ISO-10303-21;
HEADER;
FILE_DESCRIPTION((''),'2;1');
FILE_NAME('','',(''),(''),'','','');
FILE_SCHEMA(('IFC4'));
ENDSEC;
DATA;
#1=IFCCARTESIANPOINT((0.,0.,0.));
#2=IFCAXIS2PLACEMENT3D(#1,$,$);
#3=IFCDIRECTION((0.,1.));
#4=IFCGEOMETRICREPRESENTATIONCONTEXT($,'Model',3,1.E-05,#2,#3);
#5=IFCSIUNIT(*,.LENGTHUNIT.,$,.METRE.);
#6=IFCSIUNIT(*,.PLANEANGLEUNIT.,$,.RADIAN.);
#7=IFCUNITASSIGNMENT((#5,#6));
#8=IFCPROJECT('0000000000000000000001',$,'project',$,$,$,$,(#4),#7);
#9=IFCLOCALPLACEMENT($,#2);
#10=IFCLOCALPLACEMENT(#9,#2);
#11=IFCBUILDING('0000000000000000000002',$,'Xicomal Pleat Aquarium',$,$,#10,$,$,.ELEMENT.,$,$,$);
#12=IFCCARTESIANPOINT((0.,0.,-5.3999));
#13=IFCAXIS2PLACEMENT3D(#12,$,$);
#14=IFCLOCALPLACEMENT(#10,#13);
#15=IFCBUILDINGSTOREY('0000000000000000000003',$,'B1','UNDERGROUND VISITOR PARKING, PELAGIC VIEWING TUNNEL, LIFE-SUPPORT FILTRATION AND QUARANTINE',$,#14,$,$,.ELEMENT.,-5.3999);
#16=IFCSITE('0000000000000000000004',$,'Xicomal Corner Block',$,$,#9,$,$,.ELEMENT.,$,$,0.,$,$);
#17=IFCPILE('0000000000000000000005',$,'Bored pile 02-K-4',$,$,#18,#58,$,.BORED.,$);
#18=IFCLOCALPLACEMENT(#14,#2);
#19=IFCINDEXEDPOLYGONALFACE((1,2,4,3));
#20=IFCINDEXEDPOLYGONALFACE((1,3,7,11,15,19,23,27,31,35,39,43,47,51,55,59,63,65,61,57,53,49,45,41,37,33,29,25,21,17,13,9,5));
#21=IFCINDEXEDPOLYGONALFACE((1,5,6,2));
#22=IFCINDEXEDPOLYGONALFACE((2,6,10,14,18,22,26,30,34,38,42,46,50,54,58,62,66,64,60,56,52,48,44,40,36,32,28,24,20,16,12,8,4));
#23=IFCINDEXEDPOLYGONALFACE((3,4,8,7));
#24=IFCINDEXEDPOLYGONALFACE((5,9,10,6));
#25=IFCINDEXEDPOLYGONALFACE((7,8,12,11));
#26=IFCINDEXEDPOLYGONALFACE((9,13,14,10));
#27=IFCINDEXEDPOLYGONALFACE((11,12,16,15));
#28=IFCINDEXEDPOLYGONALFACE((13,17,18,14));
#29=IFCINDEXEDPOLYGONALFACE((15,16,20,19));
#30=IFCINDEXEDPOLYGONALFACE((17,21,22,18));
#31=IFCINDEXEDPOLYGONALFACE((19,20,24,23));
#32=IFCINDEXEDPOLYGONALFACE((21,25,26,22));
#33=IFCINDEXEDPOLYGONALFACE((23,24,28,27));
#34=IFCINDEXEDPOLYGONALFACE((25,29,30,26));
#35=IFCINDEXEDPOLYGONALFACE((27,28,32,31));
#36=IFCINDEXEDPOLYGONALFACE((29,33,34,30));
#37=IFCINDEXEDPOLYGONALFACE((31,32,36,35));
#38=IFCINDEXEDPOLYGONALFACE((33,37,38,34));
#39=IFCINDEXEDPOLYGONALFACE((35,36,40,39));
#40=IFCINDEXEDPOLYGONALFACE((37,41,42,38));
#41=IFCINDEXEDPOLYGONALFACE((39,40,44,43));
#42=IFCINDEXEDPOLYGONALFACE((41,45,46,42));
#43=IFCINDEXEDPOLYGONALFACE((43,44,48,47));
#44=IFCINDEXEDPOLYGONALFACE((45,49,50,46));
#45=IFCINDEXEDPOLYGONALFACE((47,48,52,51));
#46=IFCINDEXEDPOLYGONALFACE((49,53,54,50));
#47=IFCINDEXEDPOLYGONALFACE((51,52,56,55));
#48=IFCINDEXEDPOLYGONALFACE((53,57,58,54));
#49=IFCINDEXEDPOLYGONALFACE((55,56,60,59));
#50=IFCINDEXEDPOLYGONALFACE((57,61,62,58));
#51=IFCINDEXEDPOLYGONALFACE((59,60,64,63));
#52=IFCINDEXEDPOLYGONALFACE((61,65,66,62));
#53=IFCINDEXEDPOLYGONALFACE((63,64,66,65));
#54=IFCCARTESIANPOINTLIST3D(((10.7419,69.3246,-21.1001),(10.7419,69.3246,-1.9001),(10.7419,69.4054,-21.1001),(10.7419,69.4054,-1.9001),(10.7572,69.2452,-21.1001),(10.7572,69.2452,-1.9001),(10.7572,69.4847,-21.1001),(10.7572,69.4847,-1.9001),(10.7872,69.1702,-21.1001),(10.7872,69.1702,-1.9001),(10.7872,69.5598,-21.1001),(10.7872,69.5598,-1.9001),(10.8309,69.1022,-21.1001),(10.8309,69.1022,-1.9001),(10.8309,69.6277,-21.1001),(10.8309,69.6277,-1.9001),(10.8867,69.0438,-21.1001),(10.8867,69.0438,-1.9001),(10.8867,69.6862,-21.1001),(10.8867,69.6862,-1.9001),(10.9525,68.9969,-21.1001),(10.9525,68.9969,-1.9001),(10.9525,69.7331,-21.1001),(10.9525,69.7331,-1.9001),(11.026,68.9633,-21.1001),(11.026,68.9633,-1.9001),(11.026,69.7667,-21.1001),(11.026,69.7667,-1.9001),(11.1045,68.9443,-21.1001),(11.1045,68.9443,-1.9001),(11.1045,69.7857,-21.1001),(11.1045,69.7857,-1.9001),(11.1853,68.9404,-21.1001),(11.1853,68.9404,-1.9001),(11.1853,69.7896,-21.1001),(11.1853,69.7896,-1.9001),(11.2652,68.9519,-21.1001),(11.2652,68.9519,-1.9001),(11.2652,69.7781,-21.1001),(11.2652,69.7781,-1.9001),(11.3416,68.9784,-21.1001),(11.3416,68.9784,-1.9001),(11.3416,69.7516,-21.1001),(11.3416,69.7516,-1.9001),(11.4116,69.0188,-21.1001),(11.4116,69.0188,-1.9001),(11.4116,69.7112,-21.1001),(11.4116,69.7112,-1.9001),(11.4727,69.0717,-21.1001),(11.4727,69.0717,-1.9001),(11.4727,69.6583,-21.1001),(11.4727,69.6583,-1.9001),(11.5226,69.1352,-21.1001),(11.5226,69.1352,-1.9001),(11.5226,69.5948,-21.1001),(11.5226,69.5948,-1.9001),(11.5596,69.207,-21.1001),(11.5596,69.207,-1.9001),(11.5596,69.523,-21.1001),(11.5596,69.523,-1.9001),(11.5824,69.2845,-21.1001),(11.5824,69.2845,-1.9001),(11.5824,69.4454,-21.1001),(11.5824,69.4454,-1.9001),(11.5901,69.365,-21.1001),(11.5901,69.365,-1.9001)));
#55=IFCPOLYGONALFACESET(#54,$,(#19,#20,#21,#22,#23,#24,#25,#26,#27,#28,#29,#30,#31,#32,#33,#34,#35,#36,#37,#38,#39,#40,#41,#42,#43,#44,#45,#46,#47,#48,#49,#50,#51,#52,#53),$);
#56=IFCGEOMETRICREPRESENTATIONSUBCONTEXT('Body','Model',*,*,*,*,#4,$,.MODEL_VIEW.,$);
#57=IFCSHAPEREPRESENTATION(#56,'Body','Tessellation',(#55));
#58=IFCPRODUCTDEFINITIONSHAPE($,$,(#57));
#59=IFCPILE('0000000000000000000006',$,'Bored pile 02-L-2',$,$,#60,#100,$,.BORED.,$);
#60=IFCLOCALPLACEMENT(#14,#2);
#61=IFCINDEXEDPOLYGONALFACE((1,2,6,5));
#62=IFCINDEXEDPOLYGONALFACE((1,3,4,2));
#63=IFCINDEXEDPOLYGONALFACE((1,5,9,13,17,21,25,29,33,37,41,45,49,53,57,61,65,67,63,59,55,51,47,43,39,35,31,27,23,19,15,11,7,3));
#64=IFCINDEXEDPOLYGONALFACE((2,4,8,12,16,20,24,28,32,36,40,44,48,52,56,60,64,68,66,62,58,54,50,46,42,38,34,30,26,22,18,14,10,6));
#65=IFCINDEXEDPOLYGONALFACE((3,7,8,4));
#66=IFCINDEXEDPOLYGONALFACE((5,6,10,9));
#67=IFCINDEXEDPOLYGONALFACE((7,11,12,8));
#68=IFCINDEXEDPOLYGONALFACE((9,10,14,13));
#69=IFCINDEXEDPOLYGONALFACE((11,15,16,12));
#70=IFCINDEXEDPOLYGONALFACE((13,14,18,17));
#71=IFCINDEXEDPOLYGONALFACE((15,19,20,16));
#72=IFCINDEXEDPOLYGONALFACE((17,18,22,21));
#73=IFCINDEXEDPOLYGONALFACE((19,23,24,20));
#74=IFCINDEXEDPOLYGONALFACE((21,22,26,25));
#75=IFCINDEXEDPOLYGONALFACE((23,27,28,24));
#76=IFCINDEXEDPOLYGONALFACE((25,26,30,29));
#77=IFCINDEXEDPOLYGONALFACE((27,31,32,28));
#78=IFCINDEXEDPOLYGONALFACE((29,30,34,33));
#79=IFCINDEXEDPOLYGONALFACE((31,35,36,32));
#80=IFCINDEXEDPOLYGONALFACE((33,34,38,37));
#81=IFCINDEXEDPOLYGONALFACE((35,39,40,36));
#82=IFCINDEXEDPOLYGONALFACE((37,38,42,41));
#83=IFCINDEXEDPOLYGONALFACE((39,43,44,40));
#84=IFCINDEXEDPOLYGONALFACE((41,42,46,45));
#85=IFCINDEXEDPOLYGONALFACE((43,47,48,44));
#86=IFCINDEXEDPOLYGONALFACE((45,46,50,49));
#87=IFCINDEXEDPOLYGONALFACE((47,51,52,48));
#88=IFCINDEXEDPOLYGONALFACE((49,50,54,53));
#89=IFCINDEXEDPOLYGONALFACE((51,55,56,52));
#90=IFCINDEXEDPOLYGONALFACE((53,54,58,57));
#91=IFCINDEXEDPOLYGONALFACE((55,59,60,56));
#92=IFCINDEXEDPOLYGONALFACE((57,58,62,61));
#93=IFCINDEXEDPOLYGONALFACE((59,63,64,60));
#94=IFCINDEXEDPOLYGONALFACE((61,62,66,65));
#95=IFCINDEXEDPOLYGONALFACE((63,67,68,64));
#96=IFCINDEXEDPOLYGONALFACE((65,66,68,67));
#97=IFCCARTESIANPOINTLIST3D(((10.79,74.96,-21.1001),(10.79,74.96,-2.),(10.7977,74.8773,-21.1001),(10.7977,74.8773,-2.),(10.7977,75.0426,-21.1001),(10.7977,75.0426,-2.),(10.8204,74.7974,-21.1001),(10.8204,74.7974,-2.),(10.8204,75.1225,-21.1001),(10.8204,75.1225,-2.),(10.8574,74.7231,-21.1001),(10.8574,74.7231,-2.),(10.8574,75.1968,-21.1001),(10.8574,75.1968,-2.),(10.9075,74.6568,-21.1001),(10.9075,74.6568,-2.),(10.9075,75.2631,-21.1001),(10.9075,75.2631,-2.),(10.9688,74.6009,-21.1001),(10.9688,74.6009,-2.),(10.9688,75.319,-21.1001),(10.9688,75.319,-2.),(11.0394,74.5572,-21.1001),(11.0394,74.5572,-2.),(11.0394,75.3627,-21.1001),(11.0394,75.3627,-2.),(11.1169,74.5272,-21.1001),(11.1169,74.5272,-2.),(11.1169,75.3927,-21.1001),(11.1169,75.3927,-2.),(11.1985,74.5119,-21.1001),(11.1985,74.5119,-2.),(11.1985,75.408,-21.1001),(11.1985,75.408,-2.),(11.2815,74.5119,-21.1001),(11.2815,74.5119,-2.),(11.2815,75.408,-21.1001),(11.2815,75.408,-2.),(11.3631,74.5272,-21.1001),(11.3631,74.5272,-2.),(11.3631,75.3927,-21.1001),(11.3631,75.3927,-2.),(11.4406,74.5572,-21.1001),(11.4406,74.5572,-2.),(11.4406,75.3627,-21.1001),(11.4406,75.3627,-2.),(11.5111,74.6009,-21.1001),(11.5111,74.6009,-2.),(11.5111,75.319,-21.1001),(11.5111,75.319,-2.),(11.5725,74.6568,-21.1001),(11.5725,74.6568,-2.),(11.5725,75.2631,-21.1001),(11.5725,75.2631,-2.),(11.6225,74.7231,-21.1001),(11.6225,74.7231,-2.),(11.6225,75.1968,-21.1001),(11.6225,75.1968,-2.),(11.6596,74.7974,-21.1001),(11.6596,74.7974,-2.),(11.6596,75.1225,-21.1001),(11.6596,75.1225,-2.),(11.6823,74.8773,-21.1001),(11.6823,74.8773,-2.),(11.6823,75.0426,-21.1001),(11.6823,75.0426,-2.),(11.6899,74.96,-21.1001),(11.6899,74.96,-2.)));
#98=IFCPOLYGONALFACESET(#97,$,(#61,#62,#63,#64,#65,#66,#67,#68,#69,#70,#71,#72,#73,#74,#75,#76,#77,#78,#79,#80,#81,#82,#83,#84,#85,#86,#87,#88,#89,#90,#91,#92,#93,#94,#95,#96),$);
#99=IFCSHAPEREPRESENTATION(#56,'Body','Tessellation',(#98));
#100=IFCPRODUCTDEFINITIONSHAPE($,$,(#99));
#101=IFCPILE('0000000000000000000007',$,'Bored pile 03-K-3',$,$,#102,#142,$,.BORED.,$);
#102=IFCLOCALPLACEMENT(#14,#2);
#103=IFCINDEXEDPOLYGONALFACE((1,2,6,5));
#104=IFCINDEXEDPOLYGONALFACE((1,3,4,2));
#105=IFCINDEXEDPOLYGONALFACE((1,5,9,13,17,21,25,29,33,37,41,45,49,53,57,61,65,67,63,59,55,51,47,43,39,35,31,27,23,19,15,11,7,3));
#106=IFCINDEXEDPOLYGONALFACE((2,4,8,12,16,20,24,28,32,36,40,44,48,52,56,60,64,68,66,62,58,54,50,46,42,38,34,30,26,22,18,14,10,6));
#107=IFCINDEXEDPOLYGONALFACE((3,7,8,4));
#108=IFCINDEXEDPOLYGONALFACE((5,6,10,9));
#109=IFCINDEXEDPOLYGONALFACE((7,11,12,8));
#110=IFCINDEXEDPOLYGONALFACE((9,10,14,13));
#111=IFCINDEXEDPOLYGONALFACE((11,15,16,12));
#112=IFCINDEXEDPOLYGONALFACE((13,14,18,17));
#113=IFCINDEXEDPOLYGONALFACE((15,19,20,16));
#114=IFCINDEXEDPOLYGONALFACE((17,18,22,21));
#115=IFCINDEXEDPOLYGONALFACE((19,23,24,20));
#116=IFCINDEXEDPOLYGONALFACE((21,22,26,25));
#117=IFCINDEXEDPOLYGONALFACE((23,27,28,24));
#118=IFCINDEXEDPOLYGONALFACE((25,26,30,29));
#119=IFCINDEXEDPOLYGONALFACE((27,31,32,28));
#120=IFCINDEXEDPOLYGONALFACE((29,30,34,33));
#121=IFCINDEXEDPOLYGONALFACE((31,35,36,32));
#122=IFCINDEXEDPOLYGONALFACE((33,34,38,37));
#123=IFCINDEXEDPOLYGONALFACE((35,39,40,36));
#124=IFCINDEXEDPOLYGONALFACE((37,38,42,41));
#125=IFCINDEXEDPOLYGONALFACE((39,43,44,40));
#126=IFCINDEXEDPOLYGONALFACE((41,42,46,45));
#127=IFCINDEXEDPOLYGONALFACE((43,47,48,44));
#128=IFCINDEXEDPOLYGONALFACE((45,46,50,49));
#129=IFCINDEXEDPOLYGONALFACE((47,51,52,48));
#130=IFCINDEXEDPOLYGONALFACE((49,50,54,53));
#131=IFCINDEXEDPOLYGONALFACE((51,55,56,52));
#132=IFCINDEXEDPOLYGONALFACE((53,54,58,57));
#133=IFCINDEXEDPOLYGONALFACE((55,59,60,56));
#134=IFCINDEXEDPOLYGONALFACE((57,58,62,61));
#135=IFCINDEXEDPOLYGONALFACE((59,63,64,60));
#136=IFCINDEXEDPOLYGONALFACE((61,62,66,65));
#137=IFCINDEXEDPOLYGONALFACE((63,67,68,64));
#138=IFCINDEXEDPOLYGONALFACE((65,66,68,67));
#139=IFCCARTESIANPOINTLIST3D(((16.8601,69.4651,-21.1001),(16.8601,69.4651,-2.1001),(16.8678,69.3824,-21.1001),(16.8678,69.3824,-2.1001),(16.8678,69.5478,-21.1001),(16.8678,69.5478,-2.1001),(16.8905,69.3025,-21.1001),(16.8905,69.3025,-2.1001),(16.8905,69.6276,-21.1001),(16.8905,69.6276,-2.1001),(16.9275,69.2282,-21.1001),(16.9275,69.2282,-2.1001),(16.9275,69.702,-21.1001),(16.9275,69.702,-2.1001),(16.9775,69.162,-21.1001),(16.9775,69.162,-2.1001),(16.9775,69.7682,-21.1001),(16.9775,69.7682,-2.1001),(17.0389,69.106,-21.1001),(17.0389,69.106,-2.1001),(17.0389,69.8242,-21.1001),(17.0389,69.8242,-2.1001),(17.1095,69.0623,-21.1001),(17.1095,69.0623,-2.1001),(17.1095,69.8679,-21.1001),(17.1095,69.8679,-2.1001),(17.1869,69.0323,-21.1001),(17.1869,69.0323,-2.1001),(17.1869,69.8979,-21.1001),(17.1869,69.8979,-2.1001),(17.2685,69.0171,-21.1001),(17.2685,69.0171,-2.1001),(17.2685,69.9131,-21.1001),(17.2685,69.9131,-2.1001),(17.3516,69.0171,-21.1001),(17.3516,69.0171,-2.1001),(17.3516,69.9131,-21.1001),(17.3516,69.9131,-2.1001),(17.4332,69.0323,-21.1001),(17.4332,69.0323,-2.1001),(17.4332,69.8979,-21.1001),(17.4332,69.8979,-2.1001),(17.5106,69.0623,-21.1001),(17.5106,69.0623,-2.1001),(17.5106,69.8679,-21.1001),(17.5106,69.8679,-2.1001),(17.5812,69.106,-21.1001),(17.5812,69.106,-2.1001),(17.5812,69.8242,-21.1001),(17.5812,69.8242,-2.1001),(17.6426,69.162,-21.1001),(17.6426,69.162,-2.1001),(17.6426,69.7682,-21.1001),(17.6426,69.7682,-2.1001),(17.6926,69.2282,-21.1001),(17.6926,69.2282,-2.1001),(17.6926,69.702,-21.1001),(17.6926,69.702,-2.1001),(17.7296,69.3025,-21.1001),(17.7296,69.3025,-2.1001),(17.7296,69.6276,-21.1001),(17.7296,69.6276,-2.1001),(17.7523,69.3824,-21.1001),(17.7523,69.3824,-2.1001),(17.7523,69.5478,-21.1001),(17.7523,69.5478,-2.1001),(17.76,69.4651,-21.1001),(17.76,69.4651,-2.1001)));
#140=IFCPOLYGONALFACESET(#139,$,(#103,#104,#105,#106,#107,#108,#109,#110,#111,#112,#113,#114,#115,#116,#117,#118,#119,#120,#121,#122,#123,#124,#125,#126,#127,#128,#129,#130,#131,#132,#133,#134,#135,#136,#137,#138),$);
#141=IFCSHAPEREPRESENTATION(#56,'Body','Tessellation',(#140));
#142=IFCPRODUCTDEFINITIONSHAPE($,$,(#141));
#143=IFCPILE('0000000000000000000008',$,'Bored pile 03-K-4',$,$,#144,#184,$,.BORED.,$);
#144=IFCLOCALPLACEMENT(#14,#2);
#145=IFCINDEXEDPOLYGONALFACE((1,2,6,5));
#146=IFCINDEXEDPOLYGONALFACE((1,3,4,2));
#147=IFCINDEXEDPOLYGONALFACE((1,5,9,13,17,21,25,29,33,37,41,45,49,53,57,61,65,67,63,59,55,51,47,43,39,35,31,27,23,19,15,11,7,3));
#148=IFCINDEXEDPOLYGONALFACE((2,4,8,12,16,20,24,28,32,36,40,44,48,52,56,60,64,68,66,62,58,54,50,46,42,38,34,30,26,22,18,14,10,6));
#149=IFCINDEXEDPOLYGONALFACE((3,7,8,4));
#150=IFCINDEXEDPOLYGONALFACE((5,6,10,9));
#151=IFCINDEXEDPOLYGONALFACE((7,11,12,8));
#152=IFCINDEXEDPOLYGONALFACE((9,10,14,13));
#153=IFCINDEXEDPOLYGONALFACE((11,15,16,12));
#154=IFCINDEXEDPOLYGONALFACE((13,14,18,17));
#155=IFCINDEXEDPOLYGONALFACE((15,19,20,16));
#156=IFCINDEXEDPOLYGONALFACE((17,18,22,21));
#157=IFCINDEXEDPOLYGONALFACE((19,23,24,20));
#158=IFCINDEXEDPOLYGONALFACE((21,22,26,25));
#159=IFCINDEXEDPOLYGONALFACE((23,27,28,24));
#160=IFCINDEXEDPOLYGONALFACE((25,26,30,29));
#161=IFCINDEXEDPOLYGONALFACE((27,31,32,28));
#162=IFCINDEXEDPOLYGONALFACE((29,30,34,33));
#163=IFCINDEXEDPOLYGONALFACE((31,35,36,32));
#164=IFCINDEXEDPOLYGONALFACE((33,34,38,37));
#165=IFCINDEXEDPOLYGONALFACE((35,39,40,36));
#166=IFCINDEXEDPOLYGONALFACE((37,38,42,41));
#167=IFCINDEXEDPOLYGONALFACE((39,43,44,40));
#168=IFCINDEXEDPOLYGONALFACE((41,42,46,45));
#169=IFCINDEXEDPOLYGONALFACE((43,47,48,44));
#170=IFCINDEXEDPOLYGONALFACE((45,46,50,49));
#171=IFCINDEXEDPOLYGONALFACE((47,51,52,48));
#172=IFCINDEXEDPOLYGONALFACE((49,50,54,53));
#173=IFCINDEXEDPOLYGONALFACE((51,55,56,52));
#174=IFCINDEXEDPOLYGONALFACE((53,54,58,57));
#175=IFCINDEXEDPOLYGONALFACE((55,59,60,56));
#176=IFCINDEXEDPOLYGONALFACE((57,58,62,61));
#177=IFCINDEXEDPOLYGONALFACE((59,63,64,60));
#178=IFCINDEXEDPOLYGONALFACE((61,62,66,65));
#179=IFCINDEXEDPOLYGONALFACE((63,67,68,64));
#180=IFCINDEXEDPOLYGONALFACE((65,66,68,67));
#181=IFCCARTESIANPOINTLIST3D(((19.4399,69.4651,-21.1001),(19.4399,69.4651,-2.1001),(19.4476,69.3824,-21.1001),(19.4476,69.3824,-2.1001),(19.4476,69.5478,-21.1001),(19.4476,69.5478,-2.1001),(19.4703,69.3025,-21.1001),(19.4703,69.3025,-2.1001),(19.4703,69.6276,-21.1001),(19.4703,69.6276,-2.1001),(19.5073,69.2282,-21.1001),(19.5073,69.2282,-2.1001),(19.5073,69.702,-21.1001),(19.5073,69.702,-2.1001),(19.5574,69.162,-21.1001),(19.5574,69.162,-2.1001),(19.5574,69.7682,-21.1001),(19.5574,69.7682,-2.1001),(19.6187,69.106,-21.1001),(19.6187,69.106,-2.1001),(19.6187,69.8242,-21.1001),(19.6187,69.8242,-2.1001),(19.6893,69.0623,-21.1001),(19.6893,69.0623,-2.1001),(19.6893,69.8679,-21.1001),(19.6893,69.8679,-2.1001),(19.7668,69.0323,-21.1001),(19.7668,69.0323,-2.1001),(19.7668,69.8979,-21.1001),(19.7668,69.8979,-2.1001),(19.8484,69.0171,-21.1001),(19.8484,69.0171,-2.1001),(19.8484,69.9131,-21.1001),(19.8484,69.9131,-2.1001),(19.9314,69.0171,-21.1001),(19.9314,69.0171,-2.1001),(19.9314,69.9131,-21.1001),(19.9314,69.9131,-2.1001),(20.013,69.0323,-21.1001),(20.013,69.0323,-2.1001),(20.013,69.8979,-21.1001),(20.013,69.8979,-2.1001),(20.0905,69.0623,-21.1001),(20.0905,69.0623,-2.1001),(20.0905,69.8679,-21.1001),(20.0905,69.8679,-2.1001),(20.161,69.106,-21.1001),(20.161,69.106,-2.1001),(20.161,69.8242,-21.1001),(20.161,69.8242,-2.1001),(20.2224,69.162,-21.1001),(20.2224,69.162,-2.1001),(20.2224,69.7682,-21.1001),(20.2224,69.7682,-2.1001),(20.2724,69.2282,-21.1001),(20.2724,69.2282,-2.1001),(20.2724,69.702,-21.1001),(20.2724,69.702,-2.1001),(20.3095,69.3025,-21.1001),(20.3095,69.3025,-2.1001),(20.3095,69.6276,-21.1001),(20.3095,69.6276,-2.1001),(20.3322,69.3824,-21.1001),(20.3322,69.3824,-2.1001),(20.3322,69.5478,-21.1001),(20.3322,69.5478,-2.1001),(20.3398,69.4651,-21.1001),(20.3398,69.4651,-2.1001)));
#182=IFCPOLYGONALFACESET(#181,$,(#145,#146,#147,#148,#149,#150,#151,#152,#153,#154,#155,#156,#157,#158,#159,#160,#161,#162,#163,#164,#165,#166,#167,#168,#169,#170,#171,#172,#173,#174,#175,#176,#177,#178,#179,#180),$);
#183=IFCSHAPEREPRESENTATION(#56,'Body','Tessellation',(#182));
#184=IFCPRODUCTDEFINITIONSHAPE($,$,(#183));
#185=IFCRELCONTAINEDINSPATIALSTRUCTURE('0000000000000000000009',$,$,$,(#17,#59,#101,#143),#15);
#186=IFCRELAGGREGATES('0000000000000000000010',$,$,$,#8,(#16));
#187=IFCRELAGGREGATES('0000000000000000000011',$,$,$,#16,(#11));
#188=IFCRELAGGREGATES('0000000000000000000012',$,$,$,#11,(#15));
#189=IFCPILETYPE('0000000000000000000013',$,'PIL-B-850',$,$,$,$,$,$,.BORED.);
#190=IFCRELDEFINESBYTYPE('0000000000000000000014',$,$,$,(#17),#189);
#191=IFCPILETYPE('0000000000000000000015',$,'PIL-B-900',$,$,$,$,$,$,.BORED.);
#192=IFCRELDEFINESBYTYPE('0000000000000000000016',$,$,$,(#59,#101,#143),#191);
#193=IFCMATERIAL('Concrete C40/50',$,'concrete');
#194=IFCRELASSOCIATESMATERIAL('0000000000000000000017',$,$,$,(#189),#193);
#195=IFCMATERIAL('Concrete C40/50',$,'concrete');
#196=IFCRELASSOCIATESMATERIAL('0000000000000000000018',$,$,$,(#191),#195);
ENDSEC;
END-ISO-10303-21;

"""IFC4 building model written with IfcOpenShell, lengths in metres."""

from ifc_helpers import new_model, si_unit, direction, frame, origin, origin_2d, place, context, subcontext, project, spatial, circle, extrude, material, material_profile, profile_set, type_object, element, save


model = new_model("IFC4")

# Units and contexts
model_context = context("Model", 3, precision=1e-05, world=origin(), true_north=direction((0.0, 1.0)))
body_context = subcontext(model_context, "Body", "Model", "MODEL_VIEW")
ifc_project = project(units=[si_unit("LENGTHUNIT", "METRE"), si_unit("PLANEANGLEUNIT", "RADIAN")], contexts=[model_context])

# Site, building, storey
site_placement = place(None, origin())
site = spatial("IfcSite", under=ifc_project, at=site_placement, Name="Xicomal Corner Block", CompositionType="ELEMENT", RefElevation=0.0)
building_placement = place(site_placement, origin())
building = spatial("IfcBuilding", under=site, at=building_placement, Name="Xicomal Pleat Aquarium", CompositionType="ELEMENT")
storey_placement = place(building_placement, frame((0.0, 0.0, -5.3999)))
storey = spatial("IfcBuildingStorey", under=building, at=storey_placement, Name="B1", Description="UNDERGROUND VISITOR PARKING, PELAGIC VIEWING TUNNEL, LIFE-SUPPORT FILTRATION AND QUARANTINE", CompositionType="ELEMENT", Elevation=-5.3999)

# Piles
ifc_material_1 = material(Name="Concrete C40/50", Category="concrete")
ifc_material_profile_1 = material_profile(ifc_material_1, circle(Radius=0.425, at=origin_2d()), Name="BORED PILE D850")
ifc_profile_set_1 = profile_set([ifc_material_profile_1], Name="Concrete C40/50")
pile_type_1 = type_object("IfcPileType", Name="PIL-B-850", PredefinedType="BORED", material=ifc_profile_set_1)
pile_1_placement = place(storey_placement, frame((11.165, 69.365, -1.9001), z_axis=(0.0, 0.0, -1.0), x_axis=(1.0, 0.0, 0.0)))
element("IfcPile", 1, at=pile_1_placement, inside=storey, type_object=pile_type_1, Name="Bored pile 02-K-4", PredefinedType="BORED", context=body_context, shape_type="SweptSolid", body=[
    extrude(circle(Radius=0.425, at=origin_2d()), origin(), (0.0, 0.0, 1.0), 19.2),
])
ifc_material_2 = material(Name="Concrete C40/50", Category="concrete")
ifc_material_profile_2 = material_profile(ifc_material_2, circle(Radius=0.45, at=origin_2d()), Name="BORED PILE D900")
ifc_profile_set_2 = profile_set([ifc_material_profile_2], Name="Concrete C40/50")
pile_type_2 = type_object("IfcPileType", Name="PIL-B-900", PredefinedType="BORED", material=ifc_profile_set_2)
pile_2_placement = place(storey_placement, frame((11.24, 74.96, -2.0), z_axis=(0.0, 0.0, -1.0), x_axis=(1.0, 0.0, 0.0)))
element("IfcPile", 2, at=pile_2_placement, inside=storey, type_object=pile_type_2, Name="Bored pile 02-L-2", PredefinedType="BORED", context=body_context, shape_type="SweptSolid", body=[
    extrude(circle(Radius=0.45, at=origin_2d()), origin(), (0.0, 0.0, 1.0), 19.1001),
])
for number, where, z_axis, x_axis, name in (
    (3, (17.3101, 69.4651, -2.1001), (0.0, 0.0, -1.0), (1.0, 0.0, 0.0), "Bored pile 03-K-3"),
    (4, (19.8899, 69.4651, -2.1001), (0.0, 0.0, -1.0), (1.0, 0.0, 0.0), "Bored pile 03-K-4"),
):
    element("IfcPile", number, at=place(storey_placement, frame(where, z_axis=z_axis, x_axis=x_axis)), inside=storey, type_object=pile_type_2, Name=name, PredefinedType="BORED", context=body_context, shape_type="SweptSolid", body=[
        extrude(circle(Radius=0.45, at=origin_2d()), origin(), (0.0, 0.0, 1.0), 19.0),
    ])

save(model, "model.ifc")
